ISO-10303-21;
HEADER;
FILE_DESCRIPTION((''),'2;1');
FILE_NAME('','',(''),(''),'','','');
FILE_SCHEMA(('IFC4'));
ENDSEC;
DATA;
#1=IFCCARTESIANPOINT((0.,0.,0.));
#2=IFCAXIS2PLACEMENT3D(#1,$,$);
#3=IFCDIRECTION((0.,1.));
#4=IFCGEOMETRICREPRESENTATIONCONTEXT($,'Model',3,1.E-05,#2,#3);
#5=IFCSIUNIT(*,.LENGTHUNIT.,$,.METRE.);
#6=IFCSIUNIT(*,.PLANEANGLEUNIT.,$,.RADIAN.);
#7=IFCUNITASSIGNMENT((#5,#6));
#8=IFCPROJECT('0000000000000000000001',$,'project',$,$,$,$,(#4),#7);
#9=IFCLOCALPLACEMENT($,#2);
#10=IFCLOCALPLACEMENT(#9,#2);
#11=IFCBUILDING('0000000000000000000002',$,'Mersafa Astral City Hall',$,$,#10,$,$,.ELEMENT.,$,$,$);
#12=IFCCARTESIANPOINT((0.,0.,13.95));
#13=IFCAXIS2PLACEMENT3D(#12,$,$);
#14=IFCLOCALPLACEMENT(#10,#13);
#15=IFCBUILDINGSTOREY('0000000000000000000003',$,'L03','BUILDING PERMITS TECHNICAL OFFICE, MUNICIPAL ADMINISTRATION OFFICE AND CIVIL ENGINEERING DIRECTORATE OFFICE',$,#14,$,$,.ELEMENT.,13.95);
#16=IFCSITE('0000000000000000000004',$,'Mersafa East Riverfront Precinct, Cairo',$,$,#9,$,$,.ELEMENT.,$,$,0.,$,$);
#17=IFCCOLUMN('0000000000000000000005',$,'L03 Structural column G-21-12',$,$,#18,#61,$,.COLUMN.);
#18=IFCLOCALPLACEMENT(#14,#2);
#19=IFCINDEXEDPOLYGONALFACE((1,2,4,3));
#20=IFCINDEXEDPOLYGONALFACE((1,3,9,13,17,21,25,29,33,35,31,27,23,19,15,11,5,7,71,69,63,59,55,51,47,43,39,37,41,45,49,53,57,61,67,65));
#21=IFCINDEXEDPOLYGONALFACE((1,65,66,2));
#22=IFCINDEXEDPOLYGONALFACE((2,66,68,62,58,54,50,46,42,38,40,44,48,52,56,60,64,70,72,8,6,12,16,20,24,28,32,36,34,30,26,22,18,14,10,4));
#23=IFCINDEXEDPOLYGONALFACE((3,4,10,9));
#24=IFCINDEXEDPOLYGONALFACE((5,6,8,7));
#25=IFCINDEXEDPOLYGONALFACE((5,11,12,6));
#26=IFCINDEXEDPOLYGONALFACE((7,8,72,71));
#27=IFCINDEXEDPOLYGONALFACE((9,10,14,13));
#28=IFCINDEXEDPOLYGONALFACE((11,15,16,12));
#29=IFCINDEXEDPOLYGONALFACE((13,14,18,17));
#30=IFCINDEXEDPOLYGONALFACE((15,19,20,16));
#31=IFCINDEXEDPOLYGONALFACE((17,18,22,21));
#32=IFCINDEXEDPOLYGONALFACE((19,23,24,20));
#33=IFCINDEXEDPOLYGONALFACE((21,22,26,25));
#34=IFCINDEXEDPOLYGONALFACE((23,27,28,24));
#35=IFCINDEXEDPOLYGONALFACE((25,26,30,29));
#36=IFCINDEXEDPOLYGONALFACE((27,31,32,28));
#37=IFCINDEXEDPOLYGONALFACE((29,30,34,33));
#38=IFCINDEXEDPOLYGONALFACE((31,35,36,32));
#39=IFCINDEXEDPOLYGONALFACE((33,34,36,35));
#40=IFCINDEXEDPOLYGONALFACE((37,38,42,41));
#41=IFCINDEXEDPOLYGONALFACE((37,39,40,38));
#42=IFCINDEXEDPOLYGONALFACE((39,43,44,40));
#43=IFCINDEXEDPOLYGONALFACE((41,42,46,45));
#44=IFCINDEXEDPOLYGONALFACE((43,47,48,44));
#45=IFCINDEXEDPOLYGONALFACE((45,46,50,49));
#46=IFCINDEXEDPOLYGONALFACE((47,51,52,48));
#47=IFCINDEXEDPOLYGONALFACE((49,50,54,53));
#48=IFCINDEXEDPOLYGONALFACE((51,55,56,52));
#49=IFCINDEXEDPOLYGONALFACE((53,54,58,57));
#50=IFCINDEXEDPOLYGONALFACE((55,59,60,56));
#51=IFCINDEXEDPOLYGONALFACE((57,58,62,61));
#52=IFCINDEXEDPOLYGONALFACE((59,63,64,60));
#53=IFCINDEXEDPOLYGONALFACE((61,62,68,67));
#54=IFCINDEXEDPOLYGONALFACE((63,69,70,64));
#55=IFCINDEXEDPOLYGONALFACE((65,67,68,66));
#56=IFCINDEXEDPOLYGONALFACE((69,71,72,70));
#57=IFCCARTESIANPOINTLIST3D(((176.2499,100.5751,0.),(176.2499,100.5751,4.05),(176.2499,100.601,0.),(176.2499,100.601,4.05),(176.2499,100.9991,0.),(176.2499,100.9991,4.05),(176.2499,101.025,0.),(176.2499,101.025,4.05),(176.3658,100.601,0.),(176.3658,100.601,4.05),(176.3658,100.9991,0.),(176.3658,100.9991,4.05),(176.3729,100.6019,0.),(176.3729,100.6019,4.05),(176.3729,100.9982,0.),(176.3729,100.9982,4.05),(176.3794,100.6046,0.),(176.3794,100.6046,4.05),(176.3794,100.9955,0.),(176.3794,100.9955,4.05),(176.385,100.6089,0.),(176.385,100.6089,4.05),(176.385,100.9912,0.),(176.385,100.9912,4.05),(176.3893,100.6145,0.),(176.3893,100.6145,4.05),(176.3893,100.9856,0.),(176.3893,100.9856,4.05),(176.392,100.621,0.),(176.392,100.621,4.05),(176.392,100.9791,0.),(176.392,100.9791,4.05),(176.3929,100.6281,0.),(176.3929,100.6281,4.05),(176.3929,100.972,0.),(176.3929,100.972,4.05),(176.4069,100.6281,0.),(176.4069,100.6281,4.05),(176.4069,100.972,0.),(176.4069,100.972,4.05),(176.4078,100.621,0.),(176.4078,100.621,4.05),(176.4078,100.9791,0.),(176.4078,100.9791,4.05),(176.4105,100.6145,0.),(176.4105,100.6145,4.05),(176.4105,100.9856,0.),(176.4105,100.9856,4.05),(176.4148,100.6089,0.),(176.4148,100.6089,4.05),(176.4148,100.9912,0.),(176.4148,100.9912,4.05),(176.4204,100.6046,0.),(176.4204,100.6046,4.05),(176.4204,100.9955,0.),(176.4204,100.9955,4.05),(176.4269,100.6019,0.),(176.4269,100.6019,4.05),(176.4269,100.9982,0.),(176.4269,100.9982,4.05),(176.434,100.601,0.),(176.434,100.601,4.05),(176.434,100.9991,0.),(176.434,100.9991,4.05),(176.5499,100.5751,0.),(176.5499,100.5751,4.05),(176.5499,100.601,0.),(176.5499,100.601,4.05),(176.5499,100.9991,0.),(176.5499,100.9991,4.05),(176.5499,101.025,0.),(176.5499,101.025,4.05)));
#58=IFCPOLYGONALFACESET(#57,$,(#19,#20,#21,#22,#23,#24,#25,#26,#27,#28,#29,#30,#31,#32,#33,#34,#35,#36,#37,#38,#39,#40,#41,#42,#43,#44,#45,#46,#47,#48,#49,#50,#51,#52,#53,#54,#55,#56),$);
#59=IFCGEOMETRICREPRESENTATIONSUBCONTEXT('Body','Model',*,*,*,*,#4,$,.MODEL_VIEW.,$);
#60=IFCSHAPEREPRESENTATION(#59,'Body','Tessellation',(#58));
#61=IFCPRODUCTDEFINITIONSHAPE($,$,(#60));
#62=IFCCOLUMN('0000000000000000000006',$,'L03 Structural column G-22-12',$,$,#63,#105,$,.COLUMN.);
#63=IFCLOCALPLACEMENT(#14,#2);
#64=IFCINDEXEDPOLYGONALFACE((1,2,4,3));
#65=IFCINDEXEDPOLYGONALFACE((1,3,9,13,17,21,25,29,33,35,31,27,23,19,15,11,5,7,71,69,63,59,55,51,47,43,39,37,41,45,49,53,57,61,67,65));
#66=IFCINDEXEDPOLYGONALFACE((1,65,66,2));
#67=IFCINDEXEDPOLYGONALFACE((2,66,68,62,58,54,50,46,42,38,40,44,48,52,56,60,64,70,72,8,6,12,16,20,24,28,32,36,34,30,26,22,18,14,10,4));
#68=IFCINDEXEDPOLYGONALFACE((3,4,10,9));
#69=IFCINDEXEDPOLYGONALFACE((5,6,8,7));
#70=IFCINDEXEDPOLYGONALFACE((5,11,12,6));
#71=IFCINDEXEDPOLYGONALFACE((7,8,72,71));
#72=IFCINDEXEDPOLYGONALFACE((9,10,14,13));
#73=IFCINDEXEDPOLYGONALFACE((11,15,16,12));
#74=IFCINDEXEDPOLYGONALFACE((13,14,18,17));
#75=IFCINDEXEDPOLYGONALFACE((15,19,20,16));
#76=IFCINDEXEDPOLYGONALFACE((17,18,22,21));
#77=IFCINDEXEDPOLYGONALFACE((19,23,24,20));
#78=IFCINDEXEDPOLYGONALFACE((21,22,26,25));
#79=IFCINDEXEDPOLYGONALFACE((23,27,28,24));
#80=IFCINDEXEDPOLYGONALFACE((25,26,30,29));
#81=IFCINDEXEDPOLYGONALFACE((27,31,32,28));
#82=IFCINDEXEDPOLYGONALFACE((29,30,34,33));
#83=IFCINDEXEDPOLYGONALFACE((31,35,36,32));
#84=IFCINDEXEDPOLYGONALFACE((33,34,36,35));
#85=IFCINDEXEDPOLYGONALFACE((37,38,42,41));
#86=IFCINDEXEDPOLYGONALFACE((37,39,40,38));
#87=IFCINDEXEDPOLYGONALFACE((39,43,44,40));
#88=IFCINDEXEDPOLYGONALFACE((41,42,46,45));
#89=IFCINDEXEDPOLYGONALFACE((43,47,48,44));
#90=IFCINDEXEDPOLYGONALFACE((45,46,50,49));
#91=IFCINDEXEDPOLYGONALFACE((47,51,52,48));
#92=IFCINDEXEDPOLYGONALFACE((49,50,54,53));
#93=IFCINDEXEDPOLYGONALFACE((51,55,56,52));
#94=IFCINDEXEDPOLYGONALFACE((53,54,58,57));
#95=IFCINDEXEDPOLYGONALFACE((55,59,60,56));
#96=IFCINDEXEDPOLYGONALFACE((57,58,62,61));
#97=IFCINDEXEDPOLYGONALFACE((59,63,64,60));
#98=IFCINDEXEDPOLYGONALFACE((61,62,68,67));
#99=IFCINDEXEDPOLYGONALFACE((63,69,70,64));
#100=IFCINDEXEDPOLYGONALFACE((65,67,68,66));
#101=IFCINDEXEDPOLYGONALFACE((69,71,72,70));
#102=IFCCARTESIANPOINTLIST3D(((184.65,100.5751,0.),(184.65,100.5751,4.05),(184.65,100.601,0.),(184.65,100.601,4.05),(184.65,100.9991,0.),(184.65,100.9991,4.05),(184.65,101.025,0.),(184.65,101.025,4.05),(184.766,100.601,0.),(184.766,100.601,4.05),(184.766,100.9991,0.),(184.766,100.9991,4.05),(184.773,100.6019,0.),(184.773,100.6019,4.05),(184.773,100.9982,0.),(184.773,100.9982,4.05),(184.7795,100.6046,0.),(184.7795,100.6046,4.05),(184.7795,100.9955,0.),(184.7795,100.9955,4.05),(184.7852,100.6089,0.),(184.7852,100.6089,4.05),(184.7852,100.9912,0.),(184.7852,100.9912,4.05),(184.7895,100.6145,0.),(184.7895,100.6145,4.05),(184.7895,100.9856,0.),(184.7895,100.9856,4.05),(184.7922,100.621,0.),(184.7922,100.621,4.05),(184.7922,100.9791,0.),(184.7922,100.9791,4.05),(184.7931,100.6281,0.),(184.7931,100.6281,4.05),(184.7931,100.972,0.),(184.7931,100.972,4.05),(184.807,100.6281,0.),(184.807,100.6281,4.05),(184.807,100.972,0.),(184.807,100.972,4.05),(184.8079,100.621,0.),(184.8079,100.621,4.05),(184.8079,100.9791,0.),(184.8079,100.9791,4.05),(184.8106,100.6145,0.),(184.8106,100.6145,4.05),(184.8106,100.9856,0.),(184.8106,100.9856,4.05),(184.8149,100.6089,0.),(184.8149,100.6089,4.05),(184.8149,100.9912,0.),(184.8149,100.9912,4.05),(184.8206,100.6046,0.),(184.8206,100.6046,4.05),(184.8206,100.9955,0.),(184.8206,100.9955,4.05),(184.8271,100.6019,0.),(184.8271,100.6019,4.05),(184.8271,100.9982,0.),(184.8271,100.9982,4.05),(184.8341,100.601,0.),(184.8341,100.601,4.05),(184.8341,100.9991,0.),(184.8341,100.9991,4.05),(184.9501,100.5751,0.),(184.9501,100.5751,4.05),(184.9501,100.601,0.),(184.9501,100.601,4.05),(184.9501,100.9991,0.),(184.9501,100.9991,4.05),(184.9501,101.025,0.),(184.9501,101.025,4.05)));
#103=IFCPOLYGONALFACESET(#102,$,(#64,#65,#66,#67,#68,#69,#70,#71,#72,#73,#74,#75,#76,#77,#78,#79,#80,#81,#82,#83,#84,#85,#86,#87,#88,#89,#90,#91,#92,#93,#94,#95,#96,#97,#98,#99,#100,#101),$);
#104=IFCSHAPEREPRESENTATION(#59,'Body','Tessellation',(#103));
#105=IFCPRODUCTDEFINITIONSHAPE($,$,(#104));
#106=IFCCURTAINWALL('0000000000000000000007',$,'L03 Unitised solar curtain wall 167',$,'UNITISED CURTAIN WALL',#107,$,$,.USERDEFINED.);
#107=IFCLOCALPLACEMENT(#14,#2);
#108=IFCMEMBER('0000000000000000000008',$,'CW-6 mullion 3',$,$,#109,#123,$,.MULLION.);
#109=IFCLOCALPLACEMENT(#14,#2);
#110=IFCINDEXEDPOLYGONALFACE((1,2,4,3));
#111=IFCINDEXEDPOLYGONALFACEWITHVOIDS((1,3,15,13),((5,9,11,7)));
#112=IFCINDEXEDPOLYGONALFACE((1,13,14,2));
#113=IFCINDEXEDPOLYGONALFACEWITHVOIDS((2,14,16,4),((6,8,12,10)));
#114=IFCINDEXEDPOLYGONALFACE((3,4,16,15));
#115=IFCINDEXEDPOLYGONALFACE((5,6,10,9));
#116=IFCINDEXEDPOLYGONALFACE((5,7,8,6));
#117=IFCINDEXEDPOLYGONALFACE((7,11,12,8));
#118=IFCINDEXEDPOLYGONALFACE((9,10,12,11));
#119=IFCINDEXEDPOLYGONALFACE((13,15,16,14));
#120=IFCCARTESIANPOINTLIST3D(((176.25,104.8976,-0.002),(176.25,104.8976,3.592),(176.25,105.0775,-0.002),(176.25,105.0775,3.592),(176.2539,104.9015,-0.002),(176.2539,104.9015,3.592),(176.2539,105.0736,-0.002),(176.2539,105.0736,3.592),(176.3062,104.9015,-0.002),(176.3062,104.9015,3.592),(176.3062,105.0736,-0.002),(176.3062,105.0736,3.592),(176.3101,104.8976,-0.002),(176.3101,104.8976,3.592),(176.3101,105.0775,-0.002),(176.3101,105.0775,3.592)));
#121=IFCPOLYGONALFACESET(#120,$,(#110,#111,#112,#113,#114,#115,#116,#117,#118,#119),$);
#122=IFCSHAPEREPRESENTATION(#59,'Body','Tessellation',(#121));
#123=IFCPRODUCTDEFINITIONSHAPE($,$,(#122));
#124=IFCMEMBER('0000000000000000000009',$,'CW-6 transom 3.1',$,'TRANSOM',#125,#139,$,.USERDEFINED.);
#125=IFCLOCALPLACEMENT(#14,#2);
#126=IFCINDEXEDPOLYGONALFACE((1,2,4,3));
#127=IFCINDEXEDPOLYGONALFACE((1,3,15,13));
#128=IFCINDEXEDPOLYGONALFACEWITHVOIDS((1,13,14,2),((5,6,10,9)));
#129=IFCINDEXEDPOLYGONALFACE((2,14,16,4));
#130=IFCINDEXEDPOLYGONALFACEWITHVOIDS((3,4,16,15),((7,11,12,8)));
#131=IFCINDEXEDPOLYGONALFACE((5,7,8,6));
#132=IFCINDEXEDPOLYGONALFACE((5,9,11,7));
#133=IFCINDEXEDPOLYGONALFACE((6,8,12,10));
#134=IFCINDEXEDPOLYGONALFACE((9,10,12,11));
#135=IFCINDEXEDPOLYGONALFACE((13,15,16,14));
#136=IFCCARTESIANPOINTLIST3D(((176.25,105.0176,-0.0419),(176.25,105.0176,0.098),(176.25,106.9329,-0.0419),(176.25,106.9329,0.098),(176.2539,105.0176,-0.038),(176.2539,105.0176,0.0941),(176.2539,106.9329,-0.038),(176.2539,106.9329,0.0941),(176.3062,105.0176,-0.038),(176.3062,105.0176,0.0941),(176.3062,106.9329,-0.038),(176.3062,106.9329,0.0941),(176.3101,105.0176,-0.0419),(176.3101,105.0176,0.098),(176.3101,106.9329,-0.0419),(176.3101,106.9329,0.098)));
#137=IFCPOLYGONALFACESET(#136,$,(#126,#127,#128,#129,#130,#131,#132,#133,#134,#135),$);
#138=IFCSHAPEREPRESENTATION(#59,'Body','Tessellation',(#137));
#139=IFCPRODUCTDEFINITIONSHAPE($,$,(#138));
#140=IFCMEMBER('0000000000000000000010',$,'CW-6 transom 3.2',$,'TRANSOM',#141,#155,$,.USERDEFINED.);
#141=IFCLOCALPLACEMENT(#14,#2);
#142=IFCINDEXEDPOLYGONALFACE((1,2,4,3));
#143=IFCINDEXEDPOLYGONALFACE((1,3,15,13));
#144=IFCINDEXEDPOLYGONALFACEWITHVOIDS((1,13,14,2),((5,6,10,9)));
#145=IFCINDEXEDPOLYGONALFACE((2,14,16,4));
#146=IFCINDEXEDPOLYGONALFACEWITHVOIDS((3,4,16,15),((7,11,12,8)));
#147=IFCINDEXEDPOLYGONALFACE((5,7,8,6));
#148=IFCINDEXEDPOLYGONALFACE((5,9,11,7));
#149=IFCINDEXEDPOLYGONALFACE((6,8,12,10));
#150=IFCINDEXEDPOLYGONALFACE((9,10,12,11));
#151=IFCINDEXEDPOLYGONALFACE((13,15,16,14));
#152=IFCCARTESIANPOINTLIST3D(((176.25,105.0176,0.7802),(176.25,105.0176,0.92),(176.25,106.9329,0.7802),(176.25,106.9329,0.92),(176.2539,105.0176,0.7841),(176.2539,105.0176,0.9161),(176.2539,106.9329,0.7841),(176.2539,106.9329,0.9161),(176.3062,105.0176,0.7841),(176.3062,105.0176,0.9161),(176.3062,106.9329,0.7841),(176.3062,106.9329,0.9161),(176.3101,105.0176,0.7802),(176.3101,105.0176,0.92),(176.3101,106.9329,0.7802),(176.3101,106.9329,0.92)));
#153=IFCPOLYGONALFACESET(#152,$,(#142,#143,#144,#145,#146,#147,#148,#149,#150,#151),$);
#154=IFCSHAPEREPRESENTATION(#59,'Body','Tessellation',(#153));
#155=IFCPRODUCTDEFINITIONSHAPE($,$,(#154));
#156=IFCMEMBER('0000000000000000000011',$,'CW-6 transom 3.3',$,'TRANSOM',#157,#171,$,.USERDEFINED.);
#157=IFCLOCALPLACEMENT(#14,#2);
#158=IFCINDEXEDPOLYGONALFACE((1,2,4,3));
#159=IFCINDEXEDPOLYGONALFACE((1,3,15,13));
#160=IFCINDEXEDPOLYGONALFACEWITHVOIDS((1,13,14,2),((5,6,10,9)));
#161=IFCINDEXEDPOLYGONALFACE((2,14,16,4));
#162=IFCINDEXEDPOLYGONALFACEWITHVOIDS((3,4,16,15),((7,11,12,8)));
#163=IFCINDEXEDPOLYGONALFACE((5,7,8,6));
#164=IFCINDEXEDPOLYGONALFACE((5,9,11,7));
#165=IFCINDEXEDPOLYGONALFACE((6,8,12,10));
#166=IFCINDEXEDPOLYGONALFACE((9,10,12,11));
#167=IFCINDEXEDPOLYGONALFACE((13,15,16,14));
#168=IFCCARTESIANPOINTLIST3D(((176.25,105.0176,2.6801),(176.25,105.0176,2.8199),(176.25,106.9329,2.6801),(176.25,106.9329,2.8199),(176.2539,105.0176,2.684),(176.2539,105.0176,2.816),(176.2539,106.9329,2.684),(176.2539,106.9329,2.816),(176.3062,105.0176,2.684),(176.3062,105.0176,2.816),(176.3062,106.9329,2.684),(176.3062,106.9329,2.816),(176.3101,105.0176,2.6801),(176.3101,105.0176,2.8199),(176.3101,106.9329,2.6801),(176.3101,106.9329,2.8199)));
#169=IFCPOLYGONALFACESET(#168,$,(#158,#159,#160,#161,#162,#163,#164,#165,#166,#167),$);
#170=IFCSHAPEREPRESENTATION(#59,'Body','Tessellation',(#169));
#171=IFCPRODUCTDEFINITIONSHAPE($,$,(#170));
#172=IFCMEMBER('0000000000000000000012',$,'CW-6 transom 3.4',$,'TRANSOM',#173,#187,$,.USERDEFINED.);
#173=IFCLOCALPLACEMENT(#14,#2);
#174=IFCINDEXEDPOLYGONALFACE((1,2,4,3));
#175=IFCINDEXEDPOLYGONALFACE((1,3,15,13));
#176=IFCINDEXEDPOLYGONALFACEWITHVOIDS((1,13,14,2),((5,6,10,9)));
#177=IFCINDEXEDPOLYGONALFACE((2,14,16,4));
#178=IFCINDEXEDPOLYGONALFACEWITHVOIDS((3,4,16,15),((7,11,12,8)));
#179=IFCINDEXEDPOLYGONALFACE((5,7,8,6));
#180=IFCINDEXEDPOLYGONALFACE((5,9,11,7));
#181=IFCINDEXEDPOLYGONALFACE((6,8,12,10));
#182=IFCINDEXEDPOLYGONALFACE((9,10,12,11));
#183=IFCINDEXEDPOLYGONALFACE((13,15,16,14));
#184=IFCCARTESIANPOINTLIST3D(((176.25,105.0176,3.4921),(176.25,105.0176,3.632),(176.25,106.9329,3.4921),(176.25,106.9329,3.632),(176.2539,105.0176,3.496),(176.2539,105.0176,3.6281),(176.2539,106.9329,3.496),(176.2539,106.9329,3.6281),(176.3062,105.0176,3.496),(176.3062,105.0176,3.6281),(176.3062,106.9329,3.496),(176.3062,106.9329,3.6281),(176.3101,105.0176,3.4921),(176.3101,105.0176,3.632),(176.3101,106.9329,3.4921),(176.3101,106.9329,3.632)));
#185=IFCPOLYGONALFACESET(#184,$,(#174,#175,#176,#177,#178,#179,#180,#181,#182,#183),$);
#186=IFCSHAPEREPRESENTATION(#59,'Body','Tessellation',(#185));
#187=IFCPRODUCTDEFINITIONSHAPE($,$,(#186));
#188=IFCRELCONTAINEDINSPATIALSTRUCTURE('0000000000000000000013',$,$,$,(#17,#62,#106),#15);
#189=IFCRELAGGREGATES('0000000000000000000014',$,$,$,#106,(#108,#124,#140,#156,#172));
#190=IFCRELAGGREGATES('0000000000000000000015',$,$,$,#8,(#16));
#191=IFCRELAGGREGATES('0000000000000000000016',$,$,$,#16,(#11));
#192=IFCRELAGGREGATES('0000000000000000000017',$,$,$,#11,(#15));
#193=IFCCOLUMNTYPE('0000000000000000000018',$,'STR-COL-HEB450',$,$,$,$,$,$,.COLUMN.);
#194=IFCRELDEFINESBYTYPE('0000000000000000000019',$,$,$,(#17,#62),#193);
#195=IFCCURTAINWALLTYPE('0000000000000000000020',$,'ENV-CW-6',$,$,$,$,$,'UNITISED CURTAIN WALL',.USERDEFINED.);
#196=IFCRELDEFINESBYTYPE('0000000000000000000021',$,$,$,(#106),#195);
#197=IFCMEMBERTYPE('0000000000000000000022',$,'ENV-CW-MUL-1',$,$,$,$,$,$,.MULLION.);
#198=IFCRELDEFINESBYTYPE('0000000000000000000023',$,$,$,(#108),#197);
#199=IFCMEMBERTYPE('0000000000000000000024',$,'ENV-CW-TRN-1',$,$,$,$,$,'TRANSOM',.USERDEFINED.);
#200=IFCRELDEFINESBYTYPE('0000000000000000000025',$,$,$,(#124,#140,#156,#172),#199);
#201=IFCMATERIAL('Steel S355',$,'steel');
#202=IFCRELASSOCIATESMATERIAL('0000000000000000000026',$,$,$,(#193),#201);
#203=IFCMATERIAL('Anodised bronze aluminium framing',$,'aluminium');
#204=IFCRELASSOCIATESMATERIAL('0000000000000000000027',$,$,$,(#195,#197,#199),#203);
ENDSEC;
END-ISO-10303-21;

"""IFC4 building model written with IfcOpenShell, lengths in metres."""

from ifc_helpers import new_model, si_unit, direction, frame, origin, origin_2d, place, context, subcontext, project, spatial, hollow_rectangle, i_section, extrude, material, material_profile, profile_set, type_object, element, aggregate, save


model = new_model("IFC4")

# Units and contexts
model_context = context("Model", 3, precision=1e-05, world=origin(), true_north=direction((0.0, 1.0)))
body_context = subcontext(model_context, "Body", "Model", "MODEL_VIEW")
ifc_project = project(units=[si_unit("LENGTHUNIT", "METRE"), si_unit("PLANEANGLEUNIT", "RADIAN")], contexts=[model_context])

# Site, building, storey
site_placement = place(None, origin())
site = spatial("IfcSite", under=ifc_project, at=site_placement, Name="Mersafa East Riverfront Precinct, Cairo", CompositionType="ELEMENT", RefElevation=0.0)
building_placement = place(site_placement, origin())
building = spatial("IfcBuilding", under=site, at=building_placement, Name="Mersafa Astral City Hall", CompositionType="ELEMENT")
storey_placement = place(building_placement, frame((0.0, 0.0, 13.95)))
storey = spatial("IfcBuildingStorey", under=building, at=storey_placement, Name="L03", Description="BUILDING PERMITS TECHNICAL OFFICE, MUNICIPAL ADMINISTRATION OFFICE AND CIVIL ENGINEERING DIRECTORATE OFFICE", CompositionType="ELEMENT", Elevation=13.95)

# Columns
ifc_material_1 = material(Name="Steel S355", Category="steel")
ifc_material_profile_1 = material_profile(ifc_material_1, i_section(OverallWidth=0.3, OverallDepth=0.45, WebThickness=0.0139, FlangeThickness=0.0259, FilletRadius=0.0271, at=origin_2d()), Name="HEB 450")
ifc_profile_set_1 = profile_set([ifc_material_profile_1], Name="Steel S355")
column_type = type_object("IfcColumnType", Name="STR-COL-HEB450", PredefinedType="COLUMN", material=ifc_profile_set_1)
for number, where, z_axis, x_axis, name in (
    (1, (176.3999, 100.8, 0.0), (0.0, 0.0, 1.0), (1.0, 0.0, 0.0), "L03 Structural column G-21-12"),
    (2, (184.8, 100.8, 0.0), (0.0, 0.0, 1.0), (1.0, 0.0, 0.0), "L03 Structural column G-22-12"),
):
    element("IfcColumn", number, at=place(storey_placement, frame(where, z_axis=z_axis, x_axis=x_axis)), inside=storey, type_object=column_type, Name=name, PredefinedType="COLUMN", context=body_context, shape_type="SweptSolid", body=[
        extrude(i_section(OverallWidth=0.3, OverallDepth=0.45, WebThickness=0.0139, FlangeThickness=0.0259, FilletRadius=0.0271, at=origin_2d()), origin(), (0.0, 0.0, 1.0), 4.05),
    ])

# Curtain wall, members
ifc_material_2 = material(Name="Anodised bronze aluminium framing", Category="aluminium")
curtain_wall_type = type_object("IfcCurtainWallType", Name="ENV-CW-6", ElementType="UNITISED CURTAIN WALL", PredefinedType="USERDEFINED", material=ifc_material_2)
curtain_wall_placement = place(storey_placement, origin())
curtain_wall = element("IfcCurtainWall", 3, at=curtain_wall_placement, inside=storey, type_object=curtain_wall_type, Name="L03 Unitised solar curtain wall 167", ObjectType="UNITISED CURTAIN WALL", PredefinedType="USERDEFINED")
ifc_material_profile_2 = material_profile(ifc_material_2, hollow_rectangle(XDim=0.0601, YDim=0.1799, WallThickness=0.0039, at=origin_2d()), Name="RHS 60x180x4")
ifc_profile_set_2 = profile_set([ifc_material_profile_2], Name="Anodised bronze aluminium framing")
member_type_1 = type_object("IfcMemberType", Name="ENV-CW-MUL-1", PredefinedType="MULLION", material=ifc_profile_set_2)
member_1_placement = place(storey_placement, frame((176.28, 104.9875, -0.002), z_axis=(0.0, 0.0, 1.0), x_axis=(-1.0, 0.0, 0.0)))
member_1 = element("IfcMember", 4, at=member_1_placement, type_object=member_type_1, Name="CW-6 mullion 3", PredefinedType="MULLION", context=body_context, shape_type="SweptSolid", body=[
    extrude(hollow_rectangle(XDim=0.0601, YDim=0.1799, WallThickness=0.0039, at=origin_2d()), origin(), (0.0, 0.0, 1.0), 3.594),
])
ifc_material_profile_3 = material_profile(ifc_material_2, hollow_rectangle(XDim=0.0601, YDim=0.1399, WallThickness=0.0039, at=origin_2d()), Name="RHS 60x140x4")
ifc_profile_set_3 = profile_set([ifc_material_profile_3], Name="Anodised bronze aluminium framing")
member_type_2 = type_object("IfcMemberType", Name="ENV-CW-TRN-1", ElementType="TRANSOM", PredefinedType="USERDEFINED", material=ifc_profile_set_3)
member_2_placement = place(storey_placement, frame((176.28, 105.0176, 0.0281), z_axis=(0.0, 1.0, 0.0), x_axis=(-1.0, 0.0, 0.0)))
member_2 = element("IfcMember", 5, at=member_2_placement, type_object=member_type_2, Name="CW-6 transom 3.1", ObjectType="TRANSOM", PredefinedType="USERDEFINED", context=body_context, shape_type="SweptSolid", body=[
    extrude(hollow_rectangle(XDim=0.0601, YDim=0.1399, WallThickness=0.0039, at=origin_2d()), origin(), (0.0, 0.0, 1.0), 1.9153),
])
member_3_placement = place(storey_placement, frame((176.28, 105.0176, 0.8501), z_axis=(0.0, 1.0, 0.0), x_axis=(-1.0, 0.0, 0.0)))
member_3 = element("IfcMember", 6, at=member_3_placement, type_object=member_type_2, Name="CW-6 transom 3.2", ObjectType="TRANSOM", PredefinedType="USERDEFINED", context=body_context, shape_type="SweptSolid", body=[
    extrude(hollow_rectangle(XDim=0.0601, YDim=0.1399, WallThickness=0.0039, at=origin_2d()), origin(), (0.0, 0.0, 1.0), 1.9153),
])
member_4_placement = place(storey_placement, frame((176.28, 105.0176, 2.75), z_axis=(0.0, 1.0, 0.0), x_axis=(-1.0, 0.0, 0.0)))
member_4 = element("IfcMember", 7, at=member_4_placement, type_object=member_type_2, Name="CW-6 transom 3.3", ObjectType="TRANSOM", PredefinedType="USERDEFINED", context=body_context, shape_type="SweptSolid", body=[
    extrude(hollow_rectangle(XDim=0.0601, YDim=0.1399, WallThickness=0.0039, at=origin_2d()), origin(), (0.0, 0.0, 1.0), 1.9153),
])
member_5_placement = place(storey_placement, frame((176.28, 105.0176, 3.562), z_axis=(0.0, 1.0, 0.0), x_axis=(-1.0, 0.0, 0.0)))
member_5 = element("IfcMember", 8, at=member_5_placement, type_object=member_type_2, Name="CW-6 transom 3.4", ObjectType="TRANSOM", PredefinedType="USERDEFINED", context=body_context, shape_type="SweptSolid", body=[
    extrude(hollow_rectangle(XDim=0.0601, YDim=0.1399, WallThickness=0.0039, at=origin_2d()), origin(), (0.0, 0.0, 1.0), 1.9153),
])

aggregate(curtain_wall, [member_1, member_2, member_3, member_4, member_5])

save(model, "model.ifc")
